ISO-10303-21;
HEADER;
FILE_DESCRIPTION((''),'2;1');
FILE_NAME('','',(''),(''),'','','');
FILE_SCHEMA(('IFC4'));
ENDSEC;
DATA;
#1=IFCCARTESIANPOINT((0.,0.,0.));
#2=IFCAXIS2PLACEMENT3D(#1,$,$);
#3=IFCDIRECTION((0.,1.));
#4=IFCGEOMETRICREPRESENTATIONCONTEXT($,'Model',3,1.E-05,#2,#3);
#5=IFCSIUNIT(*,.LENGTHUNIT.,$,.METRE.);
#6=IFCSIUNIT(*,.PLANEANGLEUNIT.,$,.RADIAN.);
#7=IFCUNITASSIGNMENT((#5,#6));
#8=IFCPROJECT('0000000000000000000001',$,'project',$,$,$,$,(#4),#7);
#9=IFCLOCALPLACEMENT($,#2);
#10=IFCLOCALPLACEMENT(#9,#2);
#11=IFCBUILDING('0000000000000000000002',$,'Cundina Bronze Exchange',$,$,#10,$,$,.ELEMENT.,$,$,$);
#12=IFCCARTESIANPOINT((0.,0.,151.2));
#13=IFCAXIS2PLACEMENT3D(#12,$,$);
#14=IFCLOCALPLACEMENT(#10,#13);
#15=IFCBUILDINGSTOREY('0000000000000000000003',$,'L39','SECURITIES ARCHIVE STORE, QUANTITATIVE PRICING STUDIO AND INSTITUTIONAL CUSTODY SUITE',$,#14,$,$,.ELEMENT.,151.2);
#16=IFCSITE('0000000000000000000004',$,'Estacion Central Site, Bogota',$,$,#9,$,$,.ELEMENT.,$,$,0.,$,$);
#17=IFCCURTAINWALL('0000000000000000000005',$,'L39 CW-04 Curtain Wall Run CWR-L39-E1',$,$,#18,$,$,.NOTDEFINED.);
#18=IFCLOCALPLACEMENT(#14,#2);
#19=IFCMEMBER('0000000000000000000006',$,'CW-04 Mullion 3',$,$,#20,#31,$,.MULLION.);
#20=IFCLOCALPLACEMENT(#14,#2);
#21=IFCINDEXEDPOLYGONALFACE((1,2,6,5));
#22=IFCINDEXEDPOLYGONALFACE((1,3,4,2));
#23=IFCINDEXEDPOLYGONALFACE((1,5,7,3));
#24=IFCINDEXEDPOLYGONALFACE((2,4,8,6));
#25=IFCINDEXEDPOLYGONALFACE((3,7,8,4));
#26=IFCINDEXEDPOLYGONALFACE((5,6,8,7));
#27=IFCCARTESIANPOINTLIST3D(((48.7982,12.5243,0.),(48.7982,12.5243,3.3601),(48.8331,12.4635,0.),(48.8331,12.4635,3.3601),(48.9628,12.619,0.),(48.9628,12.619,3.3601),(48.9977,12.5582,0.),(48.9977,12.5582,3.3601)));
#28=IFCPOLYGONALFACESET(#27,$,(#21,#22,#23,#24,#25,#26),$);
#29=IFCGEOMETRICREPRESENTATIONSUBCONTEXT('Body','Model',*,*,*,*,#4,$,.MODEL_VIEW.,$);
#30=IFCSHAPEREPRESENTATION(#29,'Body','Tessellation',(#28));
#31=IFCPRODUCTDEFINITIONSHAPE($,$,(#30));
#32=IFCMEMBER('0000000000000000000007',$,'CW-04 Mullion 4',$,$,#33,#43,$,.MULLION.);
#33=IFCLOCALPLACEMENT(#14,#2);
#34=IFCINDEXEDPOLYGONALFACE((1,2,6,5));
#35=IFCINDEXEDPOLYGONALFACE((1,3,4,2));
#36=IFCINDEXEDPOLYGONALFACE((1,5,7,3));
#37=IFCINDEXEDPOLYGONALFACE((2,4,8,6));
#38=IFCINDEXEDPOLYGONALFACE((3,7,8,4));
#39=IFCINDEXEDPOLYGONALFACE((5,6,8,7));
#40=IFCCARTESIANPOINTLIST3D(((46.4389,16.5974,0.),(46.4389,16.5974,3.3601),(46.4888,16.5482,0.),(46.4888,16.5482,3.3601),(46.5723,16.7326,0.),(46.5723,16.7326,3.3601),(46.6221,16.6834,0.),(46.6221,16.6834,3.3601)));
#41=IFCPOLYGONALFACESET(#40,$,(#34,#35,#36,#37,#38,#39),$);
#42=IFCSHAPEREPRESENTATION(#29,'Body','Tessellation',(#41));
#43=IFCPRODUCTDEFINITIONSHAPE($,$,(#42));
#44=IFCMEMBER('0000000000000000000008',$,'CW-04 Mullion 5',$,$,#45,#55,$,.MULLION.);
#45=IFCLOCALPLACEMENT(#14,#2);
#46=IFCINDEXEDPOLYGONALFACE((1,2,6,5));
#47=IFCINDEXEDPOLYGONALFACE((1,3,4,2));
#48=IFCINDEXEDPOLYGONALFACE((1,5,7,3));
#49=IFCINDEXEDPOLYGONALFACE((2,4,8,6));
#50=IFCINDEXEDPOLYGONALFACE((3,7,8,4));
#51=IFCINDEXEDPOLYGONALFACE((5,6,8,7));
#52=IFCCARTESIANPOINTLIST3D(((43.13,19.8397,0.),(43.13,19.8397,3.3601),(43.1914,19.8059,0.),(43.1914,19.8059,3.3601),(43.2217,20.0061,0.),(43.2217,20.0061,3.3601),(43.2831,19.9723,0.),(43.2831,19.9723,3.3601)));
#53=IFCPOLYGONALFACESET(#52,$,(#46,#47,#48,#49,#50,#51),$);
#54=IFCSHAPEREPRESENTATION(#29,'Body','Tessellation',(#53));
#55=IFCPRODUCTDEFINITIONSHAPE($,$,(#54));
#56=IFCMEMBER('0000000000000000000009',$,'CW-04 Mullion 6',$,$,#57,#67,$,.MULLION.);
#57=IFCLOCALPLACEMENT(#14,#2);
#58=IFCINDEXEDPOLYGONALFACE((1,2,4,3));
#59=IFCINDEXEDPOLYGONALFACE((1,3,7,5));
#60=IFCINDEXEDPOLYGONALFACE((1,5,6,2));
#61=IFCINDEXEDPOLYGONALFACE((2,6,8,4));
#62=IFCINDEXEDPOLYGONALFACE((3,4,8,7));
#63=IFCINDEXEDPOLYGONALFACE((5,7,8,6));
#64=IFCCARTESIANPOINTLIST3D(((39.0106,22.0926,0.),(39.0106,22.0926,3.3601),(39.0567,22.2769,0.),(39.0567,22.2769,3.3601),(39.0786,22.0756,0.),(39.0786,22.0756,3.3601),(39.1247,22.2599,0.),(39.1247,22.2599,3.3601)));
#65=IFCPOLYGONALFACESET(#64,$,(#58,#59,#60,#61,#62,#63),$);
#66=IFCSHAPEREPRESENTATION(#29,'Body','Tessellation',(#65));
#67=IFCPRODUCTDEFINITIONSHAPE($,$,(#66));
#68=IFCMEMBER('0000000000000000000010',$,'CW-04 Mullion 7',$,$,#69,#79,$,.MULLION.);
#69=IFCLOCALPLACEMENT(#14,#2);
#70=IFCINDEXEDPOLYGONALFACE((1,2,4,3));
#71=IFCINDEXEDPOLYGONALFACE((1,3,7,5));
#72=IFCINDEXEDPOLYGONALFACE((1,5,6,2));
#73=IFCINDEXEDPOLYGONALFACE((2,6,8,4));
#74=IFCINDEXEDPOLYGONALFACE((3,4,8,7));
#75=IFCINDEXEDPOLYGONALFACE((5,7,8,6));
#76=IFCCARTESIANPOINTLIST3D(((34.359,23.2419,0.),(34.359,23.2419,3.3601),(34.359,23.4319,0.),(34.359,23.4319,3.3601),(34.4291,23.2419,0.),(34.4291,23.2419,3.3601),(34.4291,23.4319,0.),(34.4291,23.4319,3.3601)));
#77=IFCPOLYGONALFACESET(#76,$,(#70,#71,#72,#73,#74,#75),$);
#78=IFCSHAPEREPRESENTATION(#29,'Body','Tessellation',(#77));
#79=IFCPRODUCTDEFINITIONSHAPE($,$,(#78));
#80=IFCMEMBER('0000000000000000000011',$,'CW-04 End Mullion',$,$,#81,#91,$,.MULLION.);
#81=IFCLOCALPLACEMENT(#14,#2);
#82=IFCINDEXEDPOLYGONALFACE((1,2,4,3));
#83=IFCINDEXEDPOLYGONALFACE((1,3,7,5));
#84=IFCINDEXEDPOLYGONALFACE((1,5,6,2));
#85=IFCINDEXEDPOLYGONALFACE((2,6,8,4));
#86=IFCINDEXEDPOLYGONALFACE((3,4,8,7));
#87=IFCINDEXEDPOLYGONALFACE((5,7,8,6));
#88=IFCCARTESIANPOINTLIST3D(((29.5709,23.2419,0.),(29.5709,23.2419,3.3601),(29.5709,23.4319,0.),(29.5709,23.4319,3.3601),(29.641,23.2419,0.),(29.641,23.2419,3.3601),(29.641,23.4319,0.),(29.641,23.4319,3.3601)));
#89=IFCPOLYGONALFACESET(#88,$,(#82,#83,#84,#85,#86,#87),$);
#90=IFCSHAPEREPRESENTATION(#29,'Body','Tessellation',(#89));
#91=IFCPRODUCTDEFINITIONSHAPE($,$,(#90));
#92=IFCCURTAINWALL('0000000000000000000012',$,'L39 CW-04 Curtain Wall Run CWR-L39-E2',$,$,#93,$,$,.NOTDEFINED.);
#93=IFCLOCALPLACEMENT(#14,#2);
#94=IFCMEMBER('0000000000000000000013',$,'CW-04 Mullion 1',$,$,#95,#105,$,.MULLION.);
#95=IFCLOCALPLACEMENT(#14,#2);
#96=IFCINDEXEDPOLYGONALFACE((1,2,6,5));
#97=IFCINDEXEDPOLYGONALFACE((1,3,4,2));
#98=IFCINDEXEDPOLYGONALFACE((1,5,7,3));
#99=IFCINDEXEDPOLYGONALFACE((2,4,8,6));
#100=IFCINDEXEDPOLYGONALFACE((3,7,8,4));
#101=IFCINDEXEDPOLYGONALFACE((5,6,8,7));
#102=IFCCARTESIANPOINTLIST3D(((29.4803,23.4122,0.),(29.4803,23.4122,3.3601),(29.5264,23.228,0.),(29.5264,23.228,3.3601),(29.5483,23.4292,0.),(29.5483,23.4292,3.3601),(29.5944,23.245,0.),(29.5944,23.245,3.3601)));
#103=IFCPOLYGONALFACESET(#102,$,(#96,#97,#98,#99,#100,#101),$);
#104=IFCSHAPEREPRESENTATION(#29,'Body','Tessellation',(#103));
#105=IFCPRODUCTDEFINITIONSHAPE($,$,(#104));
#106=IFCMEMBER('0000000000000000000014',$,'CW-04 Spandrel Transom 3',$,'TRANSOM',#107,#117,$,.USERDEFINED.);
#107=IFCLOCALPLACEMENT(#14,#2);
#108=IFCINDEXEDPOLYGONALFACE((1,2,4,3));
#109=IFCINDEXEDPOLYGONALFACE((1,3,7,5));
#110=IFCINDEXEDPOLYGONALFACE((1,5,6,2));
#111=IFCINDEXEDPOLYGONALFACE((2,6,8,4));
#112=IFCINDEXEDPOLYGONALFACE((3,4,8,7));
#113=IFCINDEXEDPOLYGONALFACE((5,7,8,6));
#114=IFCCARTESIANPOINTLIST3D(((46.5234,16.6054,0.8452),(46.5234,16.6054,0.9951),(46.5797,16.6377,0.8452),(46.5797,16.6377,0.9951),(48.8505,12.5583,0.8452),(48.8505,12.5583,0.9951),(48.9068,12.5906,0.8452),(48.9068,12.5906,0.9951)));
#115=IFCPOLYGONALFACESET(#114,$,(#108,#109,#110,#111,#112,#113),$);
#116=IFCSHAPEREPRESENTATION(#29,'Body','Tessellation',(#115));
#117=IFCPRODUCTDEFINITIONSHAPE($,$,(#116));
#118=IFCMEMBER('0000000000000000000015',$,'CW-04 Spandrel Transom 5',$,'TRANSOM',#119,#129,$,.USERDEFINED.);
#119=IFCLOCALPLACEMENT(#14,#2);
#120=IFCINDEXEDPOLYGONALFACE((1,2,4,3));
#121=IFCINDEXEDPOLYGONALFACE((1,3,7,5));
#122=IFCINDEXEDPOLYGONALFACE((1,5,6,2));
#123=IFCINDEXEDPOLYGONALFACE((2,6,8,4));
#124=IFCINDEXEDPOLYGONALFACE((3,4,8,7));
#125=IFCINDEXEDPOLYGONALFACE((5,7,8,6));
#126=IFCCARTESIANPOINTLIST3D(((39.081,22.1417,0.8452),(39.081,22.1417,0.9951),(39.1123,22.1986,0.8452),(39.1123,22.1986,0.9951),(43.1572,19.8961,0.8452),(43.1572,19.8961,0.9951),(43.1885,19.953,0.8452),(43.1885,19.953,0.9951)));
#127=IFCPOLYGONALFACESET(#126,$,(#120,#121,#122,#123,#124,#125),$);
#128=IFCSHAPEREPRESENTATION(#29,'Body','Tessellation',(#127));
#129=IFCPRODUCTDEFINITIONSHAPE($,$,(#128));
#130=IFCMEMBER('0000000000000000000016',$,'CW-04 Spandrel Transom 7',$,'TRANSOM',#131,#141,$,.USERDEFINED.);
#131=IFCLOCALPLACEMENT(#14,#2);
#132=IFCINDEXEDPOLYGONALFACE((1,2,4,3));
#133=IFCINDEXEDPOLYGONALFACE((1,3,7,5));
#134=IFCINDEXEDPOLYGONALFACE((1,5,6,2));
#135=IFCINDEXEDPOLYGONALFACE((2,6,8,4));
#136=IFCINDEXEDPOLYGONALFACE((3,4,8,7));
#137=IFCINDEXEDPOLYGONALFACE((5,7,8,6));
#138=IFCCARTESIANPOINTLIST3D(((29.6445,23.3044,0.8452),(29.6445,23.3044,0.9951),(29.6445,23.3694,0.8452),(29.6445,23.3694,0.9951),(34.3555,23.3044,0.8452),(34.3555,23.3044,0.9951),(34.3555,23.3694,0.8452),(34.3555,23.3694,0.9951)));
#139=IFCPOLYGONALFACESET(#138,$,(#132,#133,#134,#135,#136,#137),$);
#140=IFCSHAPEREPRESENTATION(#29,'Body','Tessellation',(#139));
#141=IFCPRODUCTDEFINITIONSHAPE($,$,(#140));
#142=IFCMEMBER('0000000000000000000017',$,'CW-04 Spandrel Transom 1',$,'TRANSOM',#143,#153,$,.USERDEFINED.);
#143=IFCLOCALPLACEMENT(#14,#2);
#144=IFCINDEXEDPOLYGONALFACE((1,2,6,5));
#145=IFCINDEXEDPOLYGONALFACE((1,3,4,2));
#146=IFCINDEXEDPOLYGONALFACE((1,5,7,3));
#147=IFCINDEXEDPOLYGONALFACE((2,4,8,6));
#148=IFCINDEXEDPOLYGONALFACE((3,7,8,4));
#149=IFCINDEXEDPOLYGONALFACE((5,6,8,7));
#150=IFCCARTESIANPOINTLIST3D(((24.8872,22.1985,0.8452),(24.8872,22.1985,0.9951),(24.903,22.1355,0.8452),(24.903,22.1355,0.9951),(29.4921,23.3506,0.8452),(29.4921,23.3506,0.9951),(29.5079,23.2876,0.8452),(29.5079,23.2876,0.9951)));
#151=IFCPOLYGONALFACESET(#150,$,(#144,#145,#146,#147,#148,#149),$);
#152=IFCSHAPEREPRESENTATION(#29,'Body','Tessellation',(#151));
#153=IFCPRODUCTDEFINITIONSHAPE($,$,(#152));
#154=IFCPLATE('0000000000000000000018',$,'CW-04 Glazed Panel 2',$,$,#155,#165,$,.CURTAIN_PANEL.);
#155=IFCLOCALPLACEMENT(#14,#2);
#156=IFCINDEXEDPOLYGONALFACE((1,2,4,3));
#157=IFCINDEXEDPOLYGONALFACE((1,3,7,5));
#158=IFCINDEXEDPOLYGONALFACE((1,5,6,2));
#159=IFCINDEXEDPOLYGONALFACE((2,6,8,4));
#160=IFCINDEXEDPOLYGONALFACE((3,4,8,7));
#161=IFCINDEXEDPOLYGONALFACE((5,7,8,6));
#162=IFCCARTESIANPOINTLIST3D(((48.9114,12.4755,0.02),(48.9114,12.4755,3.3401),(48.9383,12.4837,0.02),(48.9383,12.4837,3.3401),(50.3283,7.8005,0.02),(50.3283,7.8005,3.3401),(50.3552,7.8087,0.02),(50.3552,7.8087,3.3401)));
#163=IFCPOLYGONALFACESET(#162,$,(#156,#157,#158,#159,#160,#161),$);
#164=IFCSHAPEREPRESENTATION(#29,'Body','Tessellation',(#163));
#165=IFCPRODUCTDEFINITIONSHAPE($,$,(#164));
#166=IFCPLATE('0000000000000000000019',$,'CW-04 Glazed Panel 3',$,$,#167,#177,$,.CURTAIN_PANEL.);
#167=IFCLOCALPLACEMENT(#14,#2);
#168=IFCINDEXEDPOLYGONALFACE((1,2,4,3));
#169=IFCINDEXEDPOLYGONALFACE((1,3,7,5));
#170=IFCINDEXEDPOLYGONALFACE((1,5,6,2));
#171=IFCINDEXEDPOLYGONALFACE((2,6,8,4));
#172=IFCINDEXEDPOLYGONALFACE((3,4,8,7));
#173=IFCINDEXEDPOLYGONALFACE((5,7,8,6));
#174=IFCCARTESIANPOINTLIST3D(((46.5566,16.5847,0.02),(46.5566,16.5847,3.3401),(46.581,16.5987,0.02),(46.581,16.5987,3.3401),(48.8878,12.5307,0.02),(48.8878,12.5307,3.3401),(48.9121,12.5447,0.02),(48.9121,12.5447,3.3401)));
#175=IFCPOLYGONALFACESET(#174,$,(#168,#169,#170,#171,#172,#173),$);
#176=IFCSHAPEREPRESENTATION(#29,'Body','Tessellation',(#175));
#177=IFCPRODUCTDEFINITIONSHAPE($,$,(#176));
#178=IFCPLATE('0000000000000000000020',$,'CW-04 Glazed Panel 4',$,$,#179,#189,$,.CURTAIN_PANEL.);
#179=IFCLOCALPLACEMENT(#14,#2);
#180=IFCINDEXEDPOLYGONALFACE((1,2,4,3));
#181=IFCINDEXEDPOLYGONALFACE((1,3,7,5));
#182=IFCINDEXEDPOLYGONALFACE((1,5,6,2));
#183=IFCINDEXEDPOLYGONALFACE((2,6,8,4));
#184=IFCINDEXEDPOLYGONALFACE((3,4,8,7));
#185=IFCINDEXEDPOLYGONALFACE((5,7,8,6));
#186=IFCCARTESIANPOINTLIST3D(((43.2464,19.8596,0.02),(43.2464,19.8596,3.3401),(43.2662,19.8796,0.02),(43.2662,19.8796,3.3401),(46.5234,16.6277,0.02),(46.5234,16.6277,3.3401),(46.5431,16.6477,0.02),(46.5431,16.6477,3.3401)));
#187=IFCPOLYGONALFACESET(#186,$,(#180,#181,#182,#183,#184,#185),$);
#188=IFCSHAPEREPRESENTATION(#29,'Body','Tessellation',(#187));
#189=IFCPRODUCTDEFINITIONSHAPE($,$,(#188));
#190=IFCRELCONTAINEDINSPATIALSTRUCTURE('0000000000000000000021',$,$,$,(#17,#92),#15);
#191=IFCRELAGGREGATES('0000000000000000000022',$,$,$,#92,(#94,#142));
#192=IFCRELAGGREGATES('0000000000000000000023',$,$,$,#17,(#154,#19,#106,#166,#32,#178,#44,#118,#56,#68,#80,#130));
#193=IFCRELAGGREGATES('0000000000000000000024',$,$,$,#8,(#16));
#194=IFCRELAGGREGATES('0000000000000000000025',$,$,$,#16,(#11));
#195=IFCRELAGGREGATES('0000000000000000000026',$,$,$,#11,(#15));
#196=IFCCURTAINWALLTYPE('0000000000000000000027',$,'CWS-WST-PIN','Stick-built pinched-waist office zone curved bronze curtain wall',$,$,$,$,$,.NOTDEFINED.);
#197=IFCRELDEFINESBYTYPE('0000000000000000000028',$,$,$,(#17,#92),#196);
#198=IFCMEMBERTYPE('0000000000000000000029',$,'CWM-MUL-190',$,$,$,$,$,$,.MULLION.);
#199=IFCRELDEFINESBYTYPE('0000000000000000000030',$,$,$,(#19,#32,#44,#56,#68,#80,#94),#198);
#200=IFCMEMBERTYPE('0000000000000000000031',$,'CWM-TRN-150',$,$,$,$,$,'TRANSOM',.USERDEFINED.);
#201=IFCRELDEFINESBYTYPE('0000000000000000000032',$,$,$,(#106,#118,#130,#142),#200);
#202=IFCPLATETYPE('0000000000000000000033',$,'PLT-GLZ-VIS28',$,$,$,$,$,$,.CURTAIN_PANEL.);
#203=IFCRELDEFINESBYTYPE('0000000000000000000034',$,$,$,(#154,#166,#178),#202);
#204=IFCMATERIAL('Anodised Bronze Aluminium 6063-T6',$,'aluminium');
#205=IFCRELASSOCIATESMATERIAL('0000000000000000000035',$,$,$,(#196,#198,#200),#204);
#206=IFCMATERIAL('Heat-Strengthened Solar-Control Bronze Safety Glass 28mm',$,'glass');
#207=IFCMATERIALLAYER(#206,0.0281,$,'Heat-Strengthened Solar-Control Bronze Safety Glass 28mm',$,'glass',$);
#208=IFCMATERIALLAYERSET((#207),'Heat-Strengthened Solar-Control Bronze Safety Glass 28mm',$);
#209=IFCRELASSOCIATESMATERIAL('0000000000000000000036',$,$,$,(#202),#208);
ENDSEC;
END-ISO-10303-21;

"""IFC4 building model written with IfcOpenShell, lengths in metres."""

from ifc_helpers import new_model, si_unit, direction, frame, origin, origin_2d, place, context, subcontext, project, spatial, rectangle, extrude, material, layer, layer_set, material_profile, profile_set, type_object, element, aggregate, save


model = new_model("IFC4")

# Units and contexts
model_context = context("Model", 3, precision=1e-05, world=origin(), true_north=direction((0.0, 1.0)))
body_context = subcontext(model_context, "Body", "Model", "MODEL_VIEW")
ifc_project = project(units=[si_unit("LENGTHUNIT", "METRE"), si_unit("PLANEANGLEUNIT", "RADIAN")], contexts=[model_context])

# Site, building, storey
site_placement = place(None, origin())
site = spatial("IfcSite", under=ifc_project, at=site_placement, Name="Estacion Central Site, Bogota", CompositionType="ELEMENT", RefElevation=0.0)
building_placement = place(site_placement, origin())
building = spatial("IfcBuilding", under=site, at=building_placement, Name="Cundina Bronze Exchange", CompositionType="ELEMENT")
storey_placement = place(building_placement, frame((0.0, 0.0, 151.2)))
storey = spatial("IfcBuildingStorey", under=building, at=storey_placement, Name="L39", Description="SECURITIES ARCHIVE STORE, QUANTITATIVE PRICING STUDIO AND INSTITUTIONAL CUSTODY SUITE", CompositionType="ELEMENT", Elevation=151.2)

# Curtain wall, members
ifc_material_1 = material(Name="Anodised Bronze Aluminium 6063-T6", Category="aluminium")
curtain_wall_type = type_object("IfcCurtainWallType", Name="CWS-WST-PIN", Description="Stick-built pinched-waist office zone curved bronze curtain wall", PredefinedType="NOTDEFINED", material=ifc_material_1)
curtain_wall_1_placement = place(storey_placement, origin())
curtain_wall_1 = element("IfcCurtainWall", 1, at=curtain_wall_1_placement, inside=storey, type_object=curtain_wall_type, Name="L39 CW-04 Curtain Wall Run CWR-L39-E1", PredefinedType="NOTDEFINED")
ifc_material_profile_1 = material_profile(ifc_material_1, rectangle(XDim=0.0701, YDim=0.1899, at=origin_2d()), Name="AL70X190", Category="aluminium")
ifc_profile_set_1 = profile_set([ifc_material_profile_1], Name="Anodised Bronze Aluminium 6063-T6")
member_type_1 = type_object("IfcMemberType", Name="CWM-MUL-190", PredefinedType="MULLION", material=ifc_profile_set_1)
member_1_placement = place(storey_placement, frame((48.8979, 12.5413, 0.0), z_axis=(0.0, 0.0, 1.0), x_axis=(-0.498488, 0.866897, 0.0)))
member_1 = element("IfcMember", 2, at=member_1_placement, type_object=member_type_1, Name="CW-04 Mullion 3", PredefinedType="MULLION", context=body_context, shape_type="SweptSolid", body=[
    extrude(rectangle(XDim=0.0701, YDim=0.1899, at=origin_2d()), origin(), (0.0, 0.0, 1.0), 3.3601),
])
member_2_placement = place(storey_placement, frame((46.5305, 16.6404, 0.0), z_axis=(0.0, 0.0, 1.0), x_axis=(-0.712026, 0.702153, 0.0)))
member_2 = element("IfcMember", 3, at=member_2_placement, type_object=member_type_1, Name="CW-04 Mullion 4", PredefinedType="MULLION", context=body_context, shape_type="SweptSolid", body=[
    extrude(rectangle(XDim=0.0701, YDim=0.1899, at=origin_2d()), origin(), (0.0, 0.0, 1.0), 3.3601),
])
member_3_placement = place(storey_placement, frame((43.2065, 19.906, 0.0), z_axis=(0.0, 0.0, 1.0), x_axis=(-0.875886, 0.482518, 0.0)))
member_3 = element("IfcMember", 4, at=member_3_placement, type_object=member_type_1, Name="CW-04 Mullion 5", PredefinedType="MULLION", context=body_context, shape_type="SweptSolid", body=[
    extrude(rectangle(XDim=0.0701, YDim=0.1899, at=origin_2d()), origin(), (0.0, 0.0, 1.0), 3.3601),
])
member_4_placement = place(storey_placement, frame((39.0676, 22.1763, 0.0), z_axis=(0.0, 0.0, 1.0), x_axis=(-0.970084, 0.242769, 0.0)))
member_4 = element("IfcMember", 5, at=member_4_placement, type_object=member_type_1, Name="CW-04 Mullion 6", PredefinedType="MULLION", context=body_context, shape_type="SweptSolid", body=[
    extrude(rectangle(XDim=0.0701, YDim=0.1899, at=origin_2d()), origin(), (0.0, 0.0, 1.0), 3.3601),
])
member_5_placement = place(storey_placement, frame((34.394, 23.3369, 0.0), z_axis=(0.0, 0.0, 1.0), x_axis=(-1.0, 0.0, 0.0)))
member_5 = element("IfcMember", 6, at=member_5_placement, type_object=member_type_1, Name="CW-04 Mullion 7", PredefinedType="MULLION", context=body_context, shape_type="SweptSolid", body=[
    extrude(rectangle(XDim=0.0701, YDim=0.1899, at=origin_2d()), origin(), (0.0, 0.0, 1.0), 3.3601),
])
member_6_placement = place(storey_placement, frame((29.606, 23.3369, 0.0), z_axis=(0.0, 0.0, 1.0), x_axis=(-1.0, 0.0, 0.0)))
member_6 = element("IfcMember", 7, at=member_6_placement, type_object=member_type_1, Name="CW-04 End Mullion", PredefinedType="MULLION", context=body_context, shape_type="SweptSolid", body=[
    extrude(rectangle(XDim=0.0701, YDim=0.1899, at=origin_2d()), origin(), (0.0, 0.0, 1.0), 3.3601),
])

# Curtain wall, member
curtain_wall_2_placement = place(storey_placement, origin())
curtain_wall_2 = element("IfcCurtainWall", 8, at=curtain_wall_2_placement, inside=storey, type_object=curtain_wall_type, Name="L39 CW-04 Curtain Wall Run CWR-L39-E2", PredefinedType="NOTDEFINED")
member_7_placement = place(storey_placement, frame((29.5374, 23.3286, 0.0), z_axis=(0.0, 0.0, 1.0), x_axis=(-0.970084, -0.242769, 0.0)))
member_7 = element("IfcMember", 9, at=member_7_placement, type_object=member_type_1, Name="CW-04 Mullion 1", PredefinedType="MULLION", context=body_context, shape_type="SweptSolid", body=[
    extrude(rectangle(XDim=0.0701, YDim=0.1899, at=origin_2d()), origin(), (0.0, 0.0, 1.0), 3.3601),
])

# Members
ifc_material_profile_2 = material_profile(ifc_material_1, rectangle(XDim=0.0649, YDim=0.1499, at=origin_2d()), Name="AL65X150", Category="aluminium")
ifc_profile_set_2 = profile_set([ifc_material_profile_2], Name="Anodised Bronze Aluminium 6063-T6")
member_type_2 = type_object("IfcMemberType", Name="CWM-TRN-150", ElementType="TRANSOM", PredefinedType="USERDEFINED", material=ifc_profile_set_2)
member_8_placement = place(storey_placement, frame((48.8787, 12.5745, 0.9202), z_axis=(-0.49848, 0.866901, 0.0), x_axis=(-0.866901, -0.49848, 0.0)))
member_8 = element("IfcMember", 10, at=member_8_placement, type_object=member_type_2, Name="CW-04 Spandrel Transom 3", ObjectType="TRANSOM", PredefinedType="USERDEFINED", context=body_context, shape_type="SweptSolid", body=[
    extrude(rectangle(XDim=0.0649, YDim=0.1499, at=origin_2d()), origin(), (0.0, 0.0, 1.0), 4.6685),
])
member_9_placement = place(storey_placement, frame((43.1729, 19.9246, 0.9202), z_axis=(-0.875879, 0.482531, 0.0), x_axis=(-0.482531, -0.875879, 0.0)))
member_9 = element("IfcMember", 11, at=member_9_placement, type_object=member_type_2, Name="CW-04 Spandrel Transom 5", ObjectType="TRANSOM", PredefinedType="USERDEFINED", context=body_context, shape_type="SweptSolid", body=[
    extrude(rectangle(XDim=0.0649, YDim=0.1499, at=origin_2d()), origin(), (0.0, 0.0, 1.0), 4.6538),
])
member_10_placement = place(storey_placement, frame((34.3555, 23.3369, 0.9202), z_axis=(-1.0, 0.0, 0.0), x_axis=(0.0, -1.0, 0.0)))
member_10 = element("IfcMember", 12, at=member_10_placement, type_object=member_type_2, Name="CW-04 Spandrel Transom 7", ObjectType="TRANSOM", PredefinedType="USERDEFINED", context=body_context, shape_type="SweptSolid", body=[
    extrude(rectangle(XDim=0.0649, YDim=0.1499, at=origin_2d()), origin(), (0.0, 0.0, 1.0), 4.7109),
])
member_11_placement = place(storey_placement, frame((29.5, 23.3191, 0.9202), z_axis=(-0.9701, -0.242705, 0.0), x_axis=(0.242705, -0.9701, 0.0)))
member_11 = element("IfcMember", 13, at=member_11_placement, type_object=member_type_2, Name="CW-04 Spandrel Transom 1", ObjectType="TRANSOM", PredefinedType="USERDEFINED", context=body_context, shape_type="SweptSolid", body=[
    extrude(rectangle(XDim=0.0649, YDim=0.1499, at=origin_2d()), origin(), (0.0, 0.0, 1.0), 4.7468),
])
aggregate(curtain_wall_2, [member_7, member_11])

# Plates
ifc_material_2 = material(Name="Heat-Strengthened Solar-Control Bronze Safety Glass 28mm", Category="glass")
ifc_layer_1 = layer(ifc_material_2, 0.0281, Name="Heat-Strengthened Solar-Control Bronze Safety Glass 28mm", Category="glass")
ifc_layer_set_1 = layer_set([ifc_layer_1], Name="Heat-Strengthened Solar-Control Bronze Safety Glass 28mm")
plate_type_1 = type_object("IfcPlateType", Name="PLT-GLZ-VIS28", PredefinedType="CURTAIN_PANEL", material=ifc_layer_set_1)
plate_1_placement = place(storey_placement, frame((49.6333, 10.1421, 0.02), z_axis=(0.0, 0.0, 1.0), x_axis=(-0.290051, 0.957011, 0.0)))
plate_1 = element("IfcPlate", 14, at=plate_1_placement, type_object=plate_type_1, Name="CW-04 Glazed Panel 2", PredefinedType="CURTAIN_PANEL", context=body_context, shape_type="SweptSolid", body=[
    extrude(rectangle(XDim=4.885, YDim=0.0281, at=origin_2d()), origin(), (0.0, 0.0, 1.0), 3.3201),
])
plate_2_placement = place(storey_placement, frame((47.7344, 14.5647, 0.02), z_axis=(0.0, 0.0, 1.0), x_axis=(-0.498488, 0.866897, 0.0)))
plate_2 = element("IfcPlate", 15, at=plate_2_placement, type_object=plate_type_1, Name="CW-04 Glazed Panel 3", PredefinedType="CURTAIN_PANEL", context=body_context, shape_type="SweptSolid", body=[
    extrude(rectangle(XDim=4.6765, YDim=0.0281, at=origin_2d()), origin(), (0.0, 0.0, 1.0), 3.3201),
])
plate_3_placement = place(storey_placement, frame((44.8948, 18.2537, 0.02), z_axis=(0.0, 0.0, 1.0), x_axis=(-0.711989, 0.70219, 0.0)))
plate_3 = element("IfcPlate", 16, at=plate_3_placement, type_object=plate_type_1, Name="CW-04 Glazed Panel 4", PredefinedType="CURTAIN_PANEL", context=body_context, shape_type="SweptSolid", body=[
    extrude(rectangle(XDim=4.6025, YDim=0.0281, at=origin_2d()), origin(), (0.0, 0.0, 1.0), 3.3201),
])
aggregate(curtain_wall_1, [plate_1, member_1, member_8, plate_2, member_2, plate_3, member_3, member_9, member_4, member_5, member_6, member_10])

save(model, "model.ifc")
